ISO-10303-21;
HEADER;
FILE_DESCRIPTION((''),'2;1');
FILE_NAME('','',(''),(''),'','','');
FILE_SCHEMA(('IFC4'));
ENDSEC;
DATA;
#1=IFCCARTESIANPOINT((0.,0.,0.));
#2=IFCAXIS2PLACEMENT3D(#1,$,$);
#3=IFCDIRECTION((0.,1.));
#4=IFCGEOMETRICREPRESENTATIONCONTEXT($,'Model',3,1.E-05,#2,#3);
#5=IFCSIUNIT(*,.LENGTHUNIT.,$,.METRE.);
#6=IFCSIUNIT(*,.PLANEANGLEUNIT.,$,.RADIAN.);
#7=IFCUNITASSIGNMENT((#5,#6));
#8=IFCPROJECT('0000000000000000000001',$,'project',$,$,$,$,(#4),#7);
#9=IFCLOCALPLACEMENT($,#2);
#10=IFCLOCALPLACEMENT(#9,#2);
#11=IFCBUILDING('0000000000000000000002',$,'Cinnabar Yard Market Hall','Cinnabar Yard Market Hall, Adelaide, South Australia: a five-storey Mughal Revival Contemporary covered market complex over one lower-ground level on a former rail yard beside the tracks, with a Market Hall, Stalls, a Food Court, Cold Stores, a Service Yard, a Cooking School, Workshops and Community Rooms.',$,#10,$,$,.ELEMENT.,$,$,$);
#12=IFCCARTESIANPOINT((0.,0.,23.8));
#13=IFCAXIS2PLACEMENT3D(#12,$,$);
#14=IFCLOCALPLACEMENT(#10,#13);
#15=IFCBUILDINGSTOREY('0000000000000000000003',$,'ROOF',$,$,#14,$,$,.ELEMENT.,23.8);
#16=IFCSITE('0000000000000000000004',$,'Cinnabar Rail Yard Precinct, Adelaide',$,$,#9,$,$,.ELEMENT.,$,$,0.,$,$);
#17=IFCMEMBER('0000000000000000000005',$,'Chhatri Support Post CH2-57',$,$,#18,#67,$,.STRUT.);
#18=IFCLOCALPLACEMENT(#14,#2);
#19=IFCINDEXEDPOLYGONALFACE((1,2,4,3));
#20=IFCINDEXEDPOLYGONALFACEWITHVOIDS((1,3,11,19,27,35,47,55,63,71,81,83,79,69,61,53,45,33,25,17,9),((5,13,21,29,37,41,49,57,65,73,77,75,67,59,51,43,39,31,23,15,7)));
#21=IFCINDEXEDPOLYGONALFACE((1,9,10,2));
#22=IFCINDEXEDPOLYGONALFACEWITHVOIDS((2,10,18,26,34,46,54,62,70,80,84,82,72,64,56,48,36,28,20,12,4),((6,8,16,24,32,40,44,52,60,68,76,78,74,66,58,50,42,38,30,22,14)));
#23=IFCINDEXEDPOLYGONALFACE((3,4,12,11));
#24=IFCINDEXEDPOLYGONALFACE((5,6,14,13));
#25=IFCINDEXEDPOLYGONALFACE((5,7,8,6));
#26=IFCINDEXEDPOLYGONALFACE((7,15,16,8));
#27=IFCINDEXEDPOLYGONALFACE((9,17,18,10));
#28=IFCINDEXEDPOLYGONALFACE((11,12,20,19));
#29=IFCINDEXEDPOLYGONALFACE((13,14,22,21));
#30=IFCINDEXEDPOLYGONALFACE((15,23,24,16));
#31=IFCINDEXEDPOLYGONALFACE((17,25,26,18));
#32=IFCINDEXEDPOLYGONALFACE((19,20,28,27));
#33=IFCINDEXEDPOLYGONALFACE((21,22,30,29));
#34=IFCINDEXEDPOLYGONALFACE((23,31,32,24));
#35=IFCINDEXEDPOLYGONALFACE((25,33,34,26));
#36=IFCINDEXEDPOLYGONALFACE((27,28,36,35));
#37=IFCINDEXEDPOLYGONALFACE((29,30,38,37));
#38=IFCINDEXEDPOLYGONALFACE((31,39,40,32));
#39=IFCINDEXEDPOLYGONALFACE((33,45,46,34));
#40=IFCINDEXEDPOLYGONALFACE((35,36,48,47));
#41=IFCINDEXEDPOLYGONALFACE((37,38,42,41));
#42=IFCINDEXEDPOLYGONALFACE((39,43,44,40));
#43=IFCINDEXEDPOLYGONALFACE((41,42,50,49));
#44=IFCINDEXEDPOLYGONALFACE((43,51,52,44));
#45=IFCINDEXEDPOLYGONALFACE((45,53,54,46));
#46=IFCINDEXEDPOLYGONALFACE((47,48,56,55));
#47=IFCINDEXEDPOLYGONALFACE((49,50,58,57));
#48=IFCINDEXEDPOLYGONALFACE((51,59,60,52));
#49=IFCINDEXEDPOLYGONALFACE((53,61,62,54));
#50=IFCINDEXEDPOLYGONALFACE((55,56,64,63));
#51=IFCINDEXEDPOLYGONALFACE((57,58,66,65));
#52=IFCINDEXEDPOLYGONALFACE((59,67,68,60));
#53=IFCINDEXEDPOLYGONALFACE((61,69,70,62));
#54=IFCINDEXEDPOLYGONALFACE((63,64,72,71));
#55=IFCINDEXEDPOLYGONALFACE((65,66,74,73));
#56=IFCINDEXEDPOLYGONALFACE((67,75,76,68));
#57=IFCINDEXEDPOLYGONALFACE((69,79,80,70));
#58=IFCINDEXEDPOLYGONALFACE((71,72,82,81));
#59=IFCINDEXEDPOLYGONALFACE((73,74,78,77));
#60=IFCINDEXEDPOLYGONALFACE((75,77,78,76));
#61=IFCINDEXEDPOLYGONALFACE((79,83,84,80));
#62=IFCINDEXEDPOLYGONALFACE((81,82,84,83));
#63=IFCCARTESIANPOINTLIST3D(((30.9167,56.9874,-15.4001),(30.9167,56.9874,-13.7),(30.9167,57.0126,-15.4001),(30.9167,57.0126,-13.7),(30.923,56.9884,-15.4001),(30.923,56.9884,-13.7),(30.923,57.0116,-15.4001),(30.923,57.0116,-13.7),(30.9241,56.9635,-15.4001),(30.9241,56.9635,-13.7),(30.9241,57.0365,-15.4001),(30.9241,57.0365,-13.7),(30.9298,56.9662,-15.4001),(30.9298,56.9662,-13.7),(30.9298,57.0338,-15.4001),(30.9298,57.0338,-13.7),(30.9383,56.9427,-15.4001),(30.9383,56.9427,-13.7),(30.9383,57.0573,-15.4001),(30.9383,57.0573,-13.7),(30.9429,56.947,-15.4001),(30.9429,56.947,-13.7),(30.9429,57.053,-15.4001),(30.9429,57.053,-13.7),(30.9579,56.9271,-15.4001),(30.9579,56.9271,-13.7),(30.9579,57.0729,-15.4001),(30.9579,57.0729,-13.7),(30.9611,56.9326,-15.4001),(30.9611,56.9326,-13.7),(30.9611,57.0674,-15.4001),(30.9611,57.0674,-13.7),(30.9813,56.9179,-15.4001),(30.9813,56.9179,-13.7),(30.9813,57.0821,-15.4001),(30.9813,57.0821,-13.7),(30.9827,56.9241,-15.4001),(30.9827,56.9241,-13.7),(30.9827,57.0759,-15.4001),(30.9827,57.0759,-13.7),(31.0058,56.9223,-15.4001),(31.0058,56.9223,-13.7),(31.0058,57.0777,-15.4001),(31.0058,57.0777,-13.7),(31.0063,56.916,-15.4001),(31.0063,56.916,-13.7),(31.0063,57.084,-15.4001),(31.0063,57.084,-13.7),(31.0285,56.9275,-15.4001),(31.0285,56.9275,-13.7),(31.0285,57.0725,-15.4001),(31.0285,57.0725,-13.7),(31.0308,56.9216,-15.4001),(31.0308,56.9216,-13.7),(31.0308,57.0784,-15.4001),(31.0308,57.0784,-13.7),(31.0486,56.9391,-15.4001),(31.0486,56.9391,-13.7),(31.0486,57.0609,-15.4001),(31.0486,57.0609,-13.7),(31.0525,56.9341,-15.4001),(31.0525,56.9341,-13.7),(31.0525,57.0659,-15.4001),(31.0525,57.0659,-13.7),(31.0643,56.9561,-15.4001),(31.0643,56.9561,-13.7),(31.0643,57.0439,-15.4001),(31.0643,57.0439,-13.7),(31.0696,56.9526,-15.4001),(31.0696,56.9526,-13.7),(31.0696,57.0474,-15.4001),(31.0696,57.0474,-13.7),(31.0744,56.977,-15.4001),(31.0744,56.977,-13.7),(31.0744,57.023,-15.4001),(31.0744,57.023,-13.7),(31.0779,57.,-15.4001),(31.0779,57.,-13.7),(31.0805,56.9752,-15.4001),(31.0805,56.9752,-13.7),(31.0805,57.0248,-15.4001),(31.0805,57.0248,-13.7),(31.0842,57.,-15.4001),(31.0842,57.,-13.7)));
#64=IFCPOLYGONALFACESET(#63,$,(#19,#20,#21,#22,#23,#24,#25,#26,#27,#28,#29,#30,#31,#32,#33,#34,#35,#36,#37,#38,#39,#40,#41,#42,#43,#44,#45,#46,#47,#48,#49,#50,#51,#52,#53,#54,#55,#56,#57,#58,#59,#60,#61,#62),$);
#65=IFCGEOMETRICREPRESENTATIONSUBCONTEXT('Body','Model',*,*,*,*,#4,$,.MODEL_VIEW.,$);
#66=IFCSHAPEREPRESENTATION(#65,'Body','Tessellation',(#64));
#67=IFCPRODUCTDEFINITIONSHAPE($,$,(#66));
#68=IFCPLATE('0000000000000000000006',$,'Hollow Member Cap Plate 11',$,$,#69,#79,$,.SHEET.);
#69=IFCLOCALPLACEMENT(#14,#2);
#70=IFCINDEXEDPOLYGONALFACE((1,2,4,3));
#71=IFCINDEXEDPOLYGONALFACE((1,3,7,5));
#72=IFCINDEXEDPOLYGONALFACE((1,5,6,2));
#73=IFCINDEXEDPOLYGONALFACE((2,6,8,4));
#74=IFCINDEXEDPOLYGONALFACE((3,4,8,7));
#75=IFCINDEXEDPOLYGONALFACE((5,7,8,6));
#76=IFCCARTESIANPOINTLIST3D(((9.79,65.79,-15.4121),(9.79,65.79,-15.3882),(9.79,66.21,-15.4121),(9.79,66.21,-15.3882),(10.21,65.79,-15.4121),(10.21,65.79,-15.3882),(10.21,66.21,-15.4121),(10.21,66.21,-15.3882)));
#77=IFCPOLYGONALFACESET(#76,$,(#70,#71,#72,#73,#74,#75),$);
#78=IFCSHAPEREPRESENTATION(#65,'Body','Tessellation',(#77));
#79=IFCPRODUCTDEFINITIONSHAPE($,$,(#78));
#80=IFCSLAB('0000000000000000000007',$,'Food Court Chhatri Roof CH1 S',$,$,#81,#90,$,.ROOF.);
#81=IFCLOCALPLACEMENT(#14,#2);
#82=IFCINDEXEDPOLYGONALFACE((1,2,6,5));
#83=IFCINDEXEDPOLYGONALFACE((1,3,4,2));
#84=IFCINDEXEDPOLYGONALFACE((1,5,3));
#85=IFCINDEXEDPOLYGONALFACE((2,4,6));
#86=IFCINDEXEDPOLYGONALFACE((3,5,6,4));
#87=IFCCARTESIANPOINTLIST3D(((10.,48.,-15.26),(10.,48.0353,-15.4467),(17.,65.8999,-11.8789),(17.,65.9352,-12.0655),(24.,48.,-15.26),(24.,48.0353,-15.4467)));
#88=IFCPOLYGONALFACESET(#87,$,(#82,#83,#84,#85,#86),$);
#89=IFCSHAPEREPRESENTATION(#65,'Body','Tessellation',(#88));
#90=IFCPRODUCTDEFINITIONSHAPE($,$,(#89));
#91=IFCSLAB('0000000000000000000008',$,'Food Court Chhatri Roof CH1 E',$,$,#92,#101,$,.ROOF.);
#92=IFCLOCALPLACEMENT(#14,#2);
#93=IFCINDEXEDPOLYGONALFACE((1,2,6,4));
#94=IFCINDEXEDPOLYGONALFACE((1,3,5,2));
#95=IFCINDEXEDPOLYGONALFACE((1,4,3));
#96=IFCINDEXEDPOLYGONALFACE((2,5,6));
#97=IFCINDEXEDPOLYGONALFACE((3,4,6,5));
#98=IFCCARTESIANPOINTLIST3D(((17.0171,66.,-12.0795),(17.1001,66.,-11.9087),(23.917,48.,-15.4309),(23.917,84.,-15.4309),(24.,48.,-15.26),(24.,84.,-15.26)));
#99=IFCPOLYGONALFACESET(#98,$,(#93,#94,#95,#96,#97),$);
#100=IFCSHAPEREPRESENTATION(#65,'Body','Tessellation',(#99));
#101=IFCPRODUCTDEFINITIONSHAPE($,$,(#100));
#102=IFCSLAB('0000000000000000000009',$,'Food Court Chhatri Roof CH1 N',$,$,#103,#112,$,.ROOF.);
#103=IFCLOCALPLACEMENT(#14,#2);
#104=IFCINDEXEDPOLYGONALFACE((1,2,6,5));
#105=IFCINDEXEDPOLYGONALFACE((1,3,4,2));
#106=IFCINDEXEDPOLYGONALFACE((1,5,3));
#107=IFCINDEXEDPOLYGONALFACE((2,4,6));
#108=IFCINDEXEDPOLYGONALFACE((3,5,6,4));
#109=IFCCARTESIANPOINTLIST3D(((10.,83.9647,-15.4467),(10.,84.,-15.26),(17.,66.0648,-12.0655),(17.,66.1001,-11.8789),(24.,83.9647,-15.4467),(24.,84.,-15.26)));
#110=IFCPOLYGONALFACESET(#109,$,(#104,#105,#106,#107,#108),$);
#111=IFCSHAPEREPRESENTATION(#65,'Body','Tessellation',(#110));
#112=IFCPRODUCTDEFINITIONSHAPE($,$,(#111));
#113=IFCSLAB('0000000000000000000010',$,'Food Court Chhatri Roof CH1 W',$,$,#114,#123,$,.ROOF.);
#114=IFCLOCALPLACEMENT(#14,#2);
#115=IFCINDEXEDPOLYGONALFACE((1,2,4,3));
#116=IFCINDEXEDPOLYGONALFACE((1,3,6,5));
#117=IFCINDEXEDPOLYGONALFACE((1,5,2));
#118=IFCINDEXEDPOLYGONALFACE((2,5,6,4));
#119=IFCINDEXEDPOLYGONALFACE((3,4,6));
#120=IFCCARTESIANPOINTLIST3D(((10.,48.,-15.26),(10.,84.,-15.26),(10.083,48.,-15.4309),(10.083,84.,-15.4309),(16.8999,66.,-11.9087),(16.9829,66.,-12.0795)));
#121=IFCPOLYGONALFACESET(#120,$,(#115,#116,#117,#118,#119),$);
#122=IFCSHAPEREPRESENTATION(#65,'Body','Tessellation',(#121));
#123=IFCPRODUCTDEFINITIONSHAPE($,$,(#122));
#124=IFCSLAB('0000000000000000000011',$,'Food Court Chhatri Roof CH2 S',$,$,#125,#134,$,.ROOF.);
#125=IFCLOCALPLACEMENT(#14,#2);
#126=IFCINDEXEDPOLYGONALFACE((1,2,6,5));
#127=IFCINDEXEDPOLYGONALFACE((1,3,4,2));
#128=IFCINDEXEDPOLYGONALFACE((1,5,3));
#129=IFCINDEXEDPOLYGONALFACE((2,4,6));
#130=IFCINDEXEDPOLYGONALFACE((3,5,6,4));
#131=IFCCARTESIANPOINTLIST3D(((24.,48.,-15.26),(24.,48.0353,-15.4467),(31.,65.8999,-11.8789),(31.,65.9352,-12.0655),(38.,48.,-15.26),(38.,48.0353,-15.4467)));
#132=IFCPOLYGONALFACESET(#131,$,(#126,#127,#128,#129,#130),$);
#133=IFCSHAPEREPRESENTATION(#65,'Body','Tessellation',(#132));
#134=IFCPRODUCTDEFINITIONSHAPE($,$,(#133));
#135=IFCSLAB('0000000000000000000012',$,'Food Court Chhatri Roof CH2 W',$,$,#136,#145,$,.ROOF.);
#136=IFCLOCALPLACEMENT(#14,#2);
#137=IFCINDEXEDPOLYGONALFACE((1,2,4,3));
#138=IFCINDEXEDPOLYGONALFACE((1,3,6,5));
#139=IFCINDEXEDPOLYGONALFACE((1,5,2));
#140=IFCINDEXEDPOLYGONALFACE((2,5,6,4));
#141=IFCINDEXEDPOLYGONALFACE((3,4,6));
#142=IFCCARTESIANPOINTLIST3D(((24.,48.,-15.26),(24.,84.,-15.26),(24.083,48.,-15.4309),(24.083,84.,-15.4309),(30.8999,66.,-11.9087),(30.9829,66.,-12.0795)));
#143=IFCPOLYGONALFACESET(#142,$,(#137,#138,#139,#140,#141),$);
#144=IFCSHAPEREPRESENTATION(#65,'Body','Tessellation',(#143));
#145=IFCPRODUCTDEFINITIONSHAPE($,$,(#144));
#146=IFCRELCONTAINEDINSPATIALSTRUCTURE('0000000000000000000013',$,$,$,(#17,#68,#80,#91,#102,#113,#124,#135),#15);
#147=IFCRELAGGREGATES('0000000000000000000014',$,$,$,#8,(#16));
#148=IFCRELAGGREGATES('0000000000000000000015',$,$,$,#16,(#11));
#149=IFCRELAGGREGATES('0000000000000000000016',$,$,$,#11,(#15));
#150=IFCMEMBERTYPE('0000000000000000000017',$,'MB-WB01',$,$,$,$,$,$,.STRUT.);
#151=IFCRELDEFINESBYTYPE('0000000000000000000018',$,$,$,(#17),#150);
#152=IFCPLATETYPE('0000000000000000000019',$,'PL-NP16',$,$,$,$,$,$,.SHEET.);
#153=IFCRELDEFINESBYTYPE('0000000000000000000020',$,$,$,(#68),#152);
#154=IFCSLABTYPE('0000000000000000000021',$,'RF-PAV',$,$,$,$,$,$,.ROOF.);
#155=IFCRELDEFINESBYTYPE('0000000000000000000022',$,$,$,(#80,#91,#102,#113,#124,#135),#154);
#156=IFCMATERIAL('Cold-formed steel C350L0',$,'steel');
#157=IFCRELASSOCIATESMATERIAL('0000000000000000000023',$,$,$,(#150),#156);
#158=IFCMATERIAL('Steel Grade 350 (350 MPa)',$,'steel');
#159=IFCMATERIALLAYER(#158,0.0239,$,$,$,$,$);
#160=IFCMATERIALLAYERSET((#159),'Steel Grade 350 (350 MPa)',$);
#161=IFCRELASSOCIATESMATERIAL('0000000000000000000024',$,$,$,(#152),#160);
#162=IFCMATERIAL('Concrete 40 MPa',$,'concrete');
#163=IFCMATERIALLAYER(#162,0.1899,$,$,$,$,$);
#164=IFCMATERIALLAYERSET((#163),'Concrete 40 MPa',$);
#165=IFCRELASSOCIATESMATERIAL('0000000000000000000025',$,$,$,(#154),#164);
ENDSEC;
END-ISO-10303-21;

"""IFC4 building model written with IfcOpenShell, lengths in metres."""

from ifc_helpers import new_model, si_unit, direction, frame, origin, origin_2d_with_axis, place, context, subcontext, project, spatial, polyline, rectangle, hollow_circle, outline, extrude, material, layer, layer_set, material_profile, profile_set, type_object, element, save


model = new_model("IFC4")

# Units and contexts
model_context = context("Model", 3, precision=1e-05, world=origin(), true_north=direction((0.0, 1.0)))
body_context = subcontext(model_context, "Body", "Model", "MODEL_VIEW")
ifc_project = project(units=[si_unit("LENGTHUNIT", "METRE"), si_unit("PLANEANGLEUNIT", "RADIAN")], contexts=[model_context])

# Site, building, storey
site_placement = place(None, origin())
site = spatial("IfcSite", under=ifc_project, at=site_placement, Name="Cinnabar Rail Yard Precinct, Adelaide", CompositionType="ELEMENT", RefElevation=0.0)
building_placement = place(site_placement, origin())
building = spatial("IfcBuilding", under=site, at=building_placement, Name="Cinnabar Yard Market Hall", Description="Cinnabar Yard Market Hall, Adelaide, South Australia: a five-storey Mughal Revival Contemporary covered market complex over one lower-ground level on a former rail yard beside the tracks, with a Market Hall, Stalls, a Food Court, Cold Stores, a Service Yard, a Cooking School, Workshops and Community Rooms.", CompositionType="ELEMENT")
storey_placement = place(building_placement, frame((0.0, 0.0, 23.8)))
storey = spatial("IfcBuildingStorey", under=building, at=storey_placement, Name="ROOF", CompositionType="ELEMENT", Elevation=23.8)

# Member
ifc_material_1 = material(Name="Cold-formed steel C350L0", Category="steel")
ifc_material_profile_1 = material_profile(ifc_material_1, hollow_circle(Radius=0.0842, WallThickness=0.0063, at=origin_2d_with_axis()), Name="168.3x6.4CHS")
ifc_profile_set_1 = profile_set([ifc_material_profile_1], Name="Cold-formed steel C350L0")
member_type_1 = type_object("IfcMemberType", Name="MB-WB01", PredefinedType="STRUT", material=ifc_profile_set_1)
for number, where, z_axis, x_axis, name in (
    (1, (31.0, 57.0, -15.4001), (0.0, 0.0, 1.0), (1.0, 0.0, 0.0), "Chhatri Support Post CH2-57"),
):
    element("IfcMember", number, at=place(storey_placement, frame(where, z_axis=z_axis, x_axis=x_axis)), inside=storey, type_object=member_type_1, Name=name, PredefinedType="STRUT", context=body_context, shape_type="SweptSolid", body=[
        extrude(hollow_circle(Radius=0.0842, WallThickness=0.0063, at=origin_2d_with_axis()), origin(), (0.0, 0.0, 1.0), 1.7002),
    ])

# Plate
ifc_material_2 = material(Name="Steel Grade 350 (350 MPa)", Category="steel")
ifc_layer_1 = layer(ifc_material_2, 0.0239)
ifc_layer_set_1 = layer_set([ifc_layer_1], Name="Steel Grade 350 (350 MPa)")
plate_type = type_object("IfcPlateType", Name="PL-NP16", PredefinedType="SHEET", material=ifc_layer_set_1)
plate_placement = place(storey_placement, frame((10.0, 66.0, -15.4121), z_axis=(0.0, 0.0, 1.0), x_axis=(1.0, 0.0, 0.0)))
element("IfcPlate", 2, at=plate_placement, inside=storey, type_object=plate_type, Name="Hollow Member Cap Plate 11", PredefinedType="SHEET", context=body_context, shape_type="SweptSolid", body=[
    extrude(rectangle(XDim=0.4199, YDim=0.4199, at=origin_2d_with_axis()), origin(), (0.0, 0.0, 1.0), 0.0239),
])

# Slabs
ifc_material_3 = material(Name="Concrete 40 MPa", Category="concrete")
ifc_layer_2 = layer(ifc_material_3, 0.1899)
ifc_layer_set_2 = layer_set([ifc_layer_2], Name="Concrete 40 MPa")
slab_type = type_object("IfcSlabType", Name="RF-PAV", PredefinedType="ROOF", material=ifc_layer_set_2)
slab_1_placement = place(storey_placement, frame((10.0, 48.0, -15.26), z_axis=(0.0, -0.185607, 0.982624), x_axis=(1.0, 0.0, 0.0)))
element("IfcSlab", 3, at=slab_1_placement, inside=storey, type_object=slab_type, Name="Food Court Chhatri Roof CH1 S", PredefinedType="ROOF", context=body_context, shape_type="SweptSolid", body=[
    extrude(outline(polyline([(0.0, 0.0), (14.0, 0.0), (7.0, 18.2164), (0.0, 0.0)])), origin(), (0.0, 0.0, -1.0), 0.1899),
])
slab_2_placement = place(storey_placement, frame((24.0, 48.0, -15.26), z_axis=(0.436897, 0.0, 0.899511), x_axis=(0.0, 1.0, 0.0)))
element("IfcSlab", 4, at=slab_2_placement, inside=storey, type_object=slab_type, Name="Food Court Chhatri Roof CH1 E", PredefinedType="ROOF", context=body_context, shape_type="SweptSolid", body=[
    extrude(outline(polyline([(0.0, 0.0), (36.0, 0.0), (18.0, 7.6707), (0.0, 0.0)])), origin(), (0.0, 0.0, -1.0), 0.1899),
])
slab_3_placement = place(storey_placement, frame((24.0, 84.0, -15.26), z_axis=(0.0, 0.185607, 0.982624), x_axis=(-1.0, 0.0, 0.0)))
element("IfcSlab", 5, at=slab_3_placement, inside=storey, type_object=slab_type, Name="Food Court Chhatri Roof CH1 N", PredefinedType="ROOF", context=body_context, shape_type="SweptSolid", body=[
    extrude(outline(polyline([(0.0, 0.0), (14.0, 0.0), (7.0, 18.2164), (0.0, 0.0)])), origin(), (0.0, 0.0, -1.0), 0.1899),
])
slab_4_placement = place(storey_placement, frame((10.0, 84.0, -15.26), z_axis=(-0.436897, 0.0, 0.899511), x_axis=(0.0, -1.0, 0.0)))
element("IfcSlab", 6, at=slab_4_placement, inside=storey, type_object=slab_type, Name="Food Court Chhatri Roof CH1 W", PredefinedType="ROOF", context=body_context, shape_type="SweptSolid", body=[
    extrude(outline(polyline([(0.0, 0.0), (36.0, 0.0), (18.0, 7.6707), (0.0, 0.0)])), origin(), (0.0, 0.0, -1.0), 0.1899),
])
slab_5_placement = place(storey_placement, frame((24.0, 48.0, -15.26), z_axis=(0.0, -0.185607, 0.982624), x_axis=(1.0, 0.0, 0.0)))
element("IfcSlab", 7, at=slab_5_placement, inside=storey, type_object=slab_type, Name="Food Court Chhatri Roof CH2 S", PredefinedType="ROOF", context=body_context, shape_type="SweptSolid", body=[
    extrude(outline(polyline([(0.0, 0.0), (14.0, 0.0), (7.0, 18.2164), (0.0, 0.0)])), origin(), (0.0, 0.0, -1.0), 0.1899),
])
slab_6_placement = place(storey_placement, frame((24.0, 84.0, -15.26), z_axis=(-0.436897, 0.0, 0.899511), x_axis=(0.0, -1.0, 0.0)))
element("IfcSlab", 8, at=slab_6_placement, inside=storey, type_object=slab_type, Name="Food Court Chhatri Roof CH2 W", PredefinedType="ROOF", context=body_context, shape_type="SweptSolid", body=[
    extrude(outline(polyline([(0.0, 0.0), (36.0, 0.0), (18.0, 7.6707), (0.0, 0.0)])), origin(), (0.0, 0.0, -1.0), 0.1899),
])

save(model, "model.ifc")
